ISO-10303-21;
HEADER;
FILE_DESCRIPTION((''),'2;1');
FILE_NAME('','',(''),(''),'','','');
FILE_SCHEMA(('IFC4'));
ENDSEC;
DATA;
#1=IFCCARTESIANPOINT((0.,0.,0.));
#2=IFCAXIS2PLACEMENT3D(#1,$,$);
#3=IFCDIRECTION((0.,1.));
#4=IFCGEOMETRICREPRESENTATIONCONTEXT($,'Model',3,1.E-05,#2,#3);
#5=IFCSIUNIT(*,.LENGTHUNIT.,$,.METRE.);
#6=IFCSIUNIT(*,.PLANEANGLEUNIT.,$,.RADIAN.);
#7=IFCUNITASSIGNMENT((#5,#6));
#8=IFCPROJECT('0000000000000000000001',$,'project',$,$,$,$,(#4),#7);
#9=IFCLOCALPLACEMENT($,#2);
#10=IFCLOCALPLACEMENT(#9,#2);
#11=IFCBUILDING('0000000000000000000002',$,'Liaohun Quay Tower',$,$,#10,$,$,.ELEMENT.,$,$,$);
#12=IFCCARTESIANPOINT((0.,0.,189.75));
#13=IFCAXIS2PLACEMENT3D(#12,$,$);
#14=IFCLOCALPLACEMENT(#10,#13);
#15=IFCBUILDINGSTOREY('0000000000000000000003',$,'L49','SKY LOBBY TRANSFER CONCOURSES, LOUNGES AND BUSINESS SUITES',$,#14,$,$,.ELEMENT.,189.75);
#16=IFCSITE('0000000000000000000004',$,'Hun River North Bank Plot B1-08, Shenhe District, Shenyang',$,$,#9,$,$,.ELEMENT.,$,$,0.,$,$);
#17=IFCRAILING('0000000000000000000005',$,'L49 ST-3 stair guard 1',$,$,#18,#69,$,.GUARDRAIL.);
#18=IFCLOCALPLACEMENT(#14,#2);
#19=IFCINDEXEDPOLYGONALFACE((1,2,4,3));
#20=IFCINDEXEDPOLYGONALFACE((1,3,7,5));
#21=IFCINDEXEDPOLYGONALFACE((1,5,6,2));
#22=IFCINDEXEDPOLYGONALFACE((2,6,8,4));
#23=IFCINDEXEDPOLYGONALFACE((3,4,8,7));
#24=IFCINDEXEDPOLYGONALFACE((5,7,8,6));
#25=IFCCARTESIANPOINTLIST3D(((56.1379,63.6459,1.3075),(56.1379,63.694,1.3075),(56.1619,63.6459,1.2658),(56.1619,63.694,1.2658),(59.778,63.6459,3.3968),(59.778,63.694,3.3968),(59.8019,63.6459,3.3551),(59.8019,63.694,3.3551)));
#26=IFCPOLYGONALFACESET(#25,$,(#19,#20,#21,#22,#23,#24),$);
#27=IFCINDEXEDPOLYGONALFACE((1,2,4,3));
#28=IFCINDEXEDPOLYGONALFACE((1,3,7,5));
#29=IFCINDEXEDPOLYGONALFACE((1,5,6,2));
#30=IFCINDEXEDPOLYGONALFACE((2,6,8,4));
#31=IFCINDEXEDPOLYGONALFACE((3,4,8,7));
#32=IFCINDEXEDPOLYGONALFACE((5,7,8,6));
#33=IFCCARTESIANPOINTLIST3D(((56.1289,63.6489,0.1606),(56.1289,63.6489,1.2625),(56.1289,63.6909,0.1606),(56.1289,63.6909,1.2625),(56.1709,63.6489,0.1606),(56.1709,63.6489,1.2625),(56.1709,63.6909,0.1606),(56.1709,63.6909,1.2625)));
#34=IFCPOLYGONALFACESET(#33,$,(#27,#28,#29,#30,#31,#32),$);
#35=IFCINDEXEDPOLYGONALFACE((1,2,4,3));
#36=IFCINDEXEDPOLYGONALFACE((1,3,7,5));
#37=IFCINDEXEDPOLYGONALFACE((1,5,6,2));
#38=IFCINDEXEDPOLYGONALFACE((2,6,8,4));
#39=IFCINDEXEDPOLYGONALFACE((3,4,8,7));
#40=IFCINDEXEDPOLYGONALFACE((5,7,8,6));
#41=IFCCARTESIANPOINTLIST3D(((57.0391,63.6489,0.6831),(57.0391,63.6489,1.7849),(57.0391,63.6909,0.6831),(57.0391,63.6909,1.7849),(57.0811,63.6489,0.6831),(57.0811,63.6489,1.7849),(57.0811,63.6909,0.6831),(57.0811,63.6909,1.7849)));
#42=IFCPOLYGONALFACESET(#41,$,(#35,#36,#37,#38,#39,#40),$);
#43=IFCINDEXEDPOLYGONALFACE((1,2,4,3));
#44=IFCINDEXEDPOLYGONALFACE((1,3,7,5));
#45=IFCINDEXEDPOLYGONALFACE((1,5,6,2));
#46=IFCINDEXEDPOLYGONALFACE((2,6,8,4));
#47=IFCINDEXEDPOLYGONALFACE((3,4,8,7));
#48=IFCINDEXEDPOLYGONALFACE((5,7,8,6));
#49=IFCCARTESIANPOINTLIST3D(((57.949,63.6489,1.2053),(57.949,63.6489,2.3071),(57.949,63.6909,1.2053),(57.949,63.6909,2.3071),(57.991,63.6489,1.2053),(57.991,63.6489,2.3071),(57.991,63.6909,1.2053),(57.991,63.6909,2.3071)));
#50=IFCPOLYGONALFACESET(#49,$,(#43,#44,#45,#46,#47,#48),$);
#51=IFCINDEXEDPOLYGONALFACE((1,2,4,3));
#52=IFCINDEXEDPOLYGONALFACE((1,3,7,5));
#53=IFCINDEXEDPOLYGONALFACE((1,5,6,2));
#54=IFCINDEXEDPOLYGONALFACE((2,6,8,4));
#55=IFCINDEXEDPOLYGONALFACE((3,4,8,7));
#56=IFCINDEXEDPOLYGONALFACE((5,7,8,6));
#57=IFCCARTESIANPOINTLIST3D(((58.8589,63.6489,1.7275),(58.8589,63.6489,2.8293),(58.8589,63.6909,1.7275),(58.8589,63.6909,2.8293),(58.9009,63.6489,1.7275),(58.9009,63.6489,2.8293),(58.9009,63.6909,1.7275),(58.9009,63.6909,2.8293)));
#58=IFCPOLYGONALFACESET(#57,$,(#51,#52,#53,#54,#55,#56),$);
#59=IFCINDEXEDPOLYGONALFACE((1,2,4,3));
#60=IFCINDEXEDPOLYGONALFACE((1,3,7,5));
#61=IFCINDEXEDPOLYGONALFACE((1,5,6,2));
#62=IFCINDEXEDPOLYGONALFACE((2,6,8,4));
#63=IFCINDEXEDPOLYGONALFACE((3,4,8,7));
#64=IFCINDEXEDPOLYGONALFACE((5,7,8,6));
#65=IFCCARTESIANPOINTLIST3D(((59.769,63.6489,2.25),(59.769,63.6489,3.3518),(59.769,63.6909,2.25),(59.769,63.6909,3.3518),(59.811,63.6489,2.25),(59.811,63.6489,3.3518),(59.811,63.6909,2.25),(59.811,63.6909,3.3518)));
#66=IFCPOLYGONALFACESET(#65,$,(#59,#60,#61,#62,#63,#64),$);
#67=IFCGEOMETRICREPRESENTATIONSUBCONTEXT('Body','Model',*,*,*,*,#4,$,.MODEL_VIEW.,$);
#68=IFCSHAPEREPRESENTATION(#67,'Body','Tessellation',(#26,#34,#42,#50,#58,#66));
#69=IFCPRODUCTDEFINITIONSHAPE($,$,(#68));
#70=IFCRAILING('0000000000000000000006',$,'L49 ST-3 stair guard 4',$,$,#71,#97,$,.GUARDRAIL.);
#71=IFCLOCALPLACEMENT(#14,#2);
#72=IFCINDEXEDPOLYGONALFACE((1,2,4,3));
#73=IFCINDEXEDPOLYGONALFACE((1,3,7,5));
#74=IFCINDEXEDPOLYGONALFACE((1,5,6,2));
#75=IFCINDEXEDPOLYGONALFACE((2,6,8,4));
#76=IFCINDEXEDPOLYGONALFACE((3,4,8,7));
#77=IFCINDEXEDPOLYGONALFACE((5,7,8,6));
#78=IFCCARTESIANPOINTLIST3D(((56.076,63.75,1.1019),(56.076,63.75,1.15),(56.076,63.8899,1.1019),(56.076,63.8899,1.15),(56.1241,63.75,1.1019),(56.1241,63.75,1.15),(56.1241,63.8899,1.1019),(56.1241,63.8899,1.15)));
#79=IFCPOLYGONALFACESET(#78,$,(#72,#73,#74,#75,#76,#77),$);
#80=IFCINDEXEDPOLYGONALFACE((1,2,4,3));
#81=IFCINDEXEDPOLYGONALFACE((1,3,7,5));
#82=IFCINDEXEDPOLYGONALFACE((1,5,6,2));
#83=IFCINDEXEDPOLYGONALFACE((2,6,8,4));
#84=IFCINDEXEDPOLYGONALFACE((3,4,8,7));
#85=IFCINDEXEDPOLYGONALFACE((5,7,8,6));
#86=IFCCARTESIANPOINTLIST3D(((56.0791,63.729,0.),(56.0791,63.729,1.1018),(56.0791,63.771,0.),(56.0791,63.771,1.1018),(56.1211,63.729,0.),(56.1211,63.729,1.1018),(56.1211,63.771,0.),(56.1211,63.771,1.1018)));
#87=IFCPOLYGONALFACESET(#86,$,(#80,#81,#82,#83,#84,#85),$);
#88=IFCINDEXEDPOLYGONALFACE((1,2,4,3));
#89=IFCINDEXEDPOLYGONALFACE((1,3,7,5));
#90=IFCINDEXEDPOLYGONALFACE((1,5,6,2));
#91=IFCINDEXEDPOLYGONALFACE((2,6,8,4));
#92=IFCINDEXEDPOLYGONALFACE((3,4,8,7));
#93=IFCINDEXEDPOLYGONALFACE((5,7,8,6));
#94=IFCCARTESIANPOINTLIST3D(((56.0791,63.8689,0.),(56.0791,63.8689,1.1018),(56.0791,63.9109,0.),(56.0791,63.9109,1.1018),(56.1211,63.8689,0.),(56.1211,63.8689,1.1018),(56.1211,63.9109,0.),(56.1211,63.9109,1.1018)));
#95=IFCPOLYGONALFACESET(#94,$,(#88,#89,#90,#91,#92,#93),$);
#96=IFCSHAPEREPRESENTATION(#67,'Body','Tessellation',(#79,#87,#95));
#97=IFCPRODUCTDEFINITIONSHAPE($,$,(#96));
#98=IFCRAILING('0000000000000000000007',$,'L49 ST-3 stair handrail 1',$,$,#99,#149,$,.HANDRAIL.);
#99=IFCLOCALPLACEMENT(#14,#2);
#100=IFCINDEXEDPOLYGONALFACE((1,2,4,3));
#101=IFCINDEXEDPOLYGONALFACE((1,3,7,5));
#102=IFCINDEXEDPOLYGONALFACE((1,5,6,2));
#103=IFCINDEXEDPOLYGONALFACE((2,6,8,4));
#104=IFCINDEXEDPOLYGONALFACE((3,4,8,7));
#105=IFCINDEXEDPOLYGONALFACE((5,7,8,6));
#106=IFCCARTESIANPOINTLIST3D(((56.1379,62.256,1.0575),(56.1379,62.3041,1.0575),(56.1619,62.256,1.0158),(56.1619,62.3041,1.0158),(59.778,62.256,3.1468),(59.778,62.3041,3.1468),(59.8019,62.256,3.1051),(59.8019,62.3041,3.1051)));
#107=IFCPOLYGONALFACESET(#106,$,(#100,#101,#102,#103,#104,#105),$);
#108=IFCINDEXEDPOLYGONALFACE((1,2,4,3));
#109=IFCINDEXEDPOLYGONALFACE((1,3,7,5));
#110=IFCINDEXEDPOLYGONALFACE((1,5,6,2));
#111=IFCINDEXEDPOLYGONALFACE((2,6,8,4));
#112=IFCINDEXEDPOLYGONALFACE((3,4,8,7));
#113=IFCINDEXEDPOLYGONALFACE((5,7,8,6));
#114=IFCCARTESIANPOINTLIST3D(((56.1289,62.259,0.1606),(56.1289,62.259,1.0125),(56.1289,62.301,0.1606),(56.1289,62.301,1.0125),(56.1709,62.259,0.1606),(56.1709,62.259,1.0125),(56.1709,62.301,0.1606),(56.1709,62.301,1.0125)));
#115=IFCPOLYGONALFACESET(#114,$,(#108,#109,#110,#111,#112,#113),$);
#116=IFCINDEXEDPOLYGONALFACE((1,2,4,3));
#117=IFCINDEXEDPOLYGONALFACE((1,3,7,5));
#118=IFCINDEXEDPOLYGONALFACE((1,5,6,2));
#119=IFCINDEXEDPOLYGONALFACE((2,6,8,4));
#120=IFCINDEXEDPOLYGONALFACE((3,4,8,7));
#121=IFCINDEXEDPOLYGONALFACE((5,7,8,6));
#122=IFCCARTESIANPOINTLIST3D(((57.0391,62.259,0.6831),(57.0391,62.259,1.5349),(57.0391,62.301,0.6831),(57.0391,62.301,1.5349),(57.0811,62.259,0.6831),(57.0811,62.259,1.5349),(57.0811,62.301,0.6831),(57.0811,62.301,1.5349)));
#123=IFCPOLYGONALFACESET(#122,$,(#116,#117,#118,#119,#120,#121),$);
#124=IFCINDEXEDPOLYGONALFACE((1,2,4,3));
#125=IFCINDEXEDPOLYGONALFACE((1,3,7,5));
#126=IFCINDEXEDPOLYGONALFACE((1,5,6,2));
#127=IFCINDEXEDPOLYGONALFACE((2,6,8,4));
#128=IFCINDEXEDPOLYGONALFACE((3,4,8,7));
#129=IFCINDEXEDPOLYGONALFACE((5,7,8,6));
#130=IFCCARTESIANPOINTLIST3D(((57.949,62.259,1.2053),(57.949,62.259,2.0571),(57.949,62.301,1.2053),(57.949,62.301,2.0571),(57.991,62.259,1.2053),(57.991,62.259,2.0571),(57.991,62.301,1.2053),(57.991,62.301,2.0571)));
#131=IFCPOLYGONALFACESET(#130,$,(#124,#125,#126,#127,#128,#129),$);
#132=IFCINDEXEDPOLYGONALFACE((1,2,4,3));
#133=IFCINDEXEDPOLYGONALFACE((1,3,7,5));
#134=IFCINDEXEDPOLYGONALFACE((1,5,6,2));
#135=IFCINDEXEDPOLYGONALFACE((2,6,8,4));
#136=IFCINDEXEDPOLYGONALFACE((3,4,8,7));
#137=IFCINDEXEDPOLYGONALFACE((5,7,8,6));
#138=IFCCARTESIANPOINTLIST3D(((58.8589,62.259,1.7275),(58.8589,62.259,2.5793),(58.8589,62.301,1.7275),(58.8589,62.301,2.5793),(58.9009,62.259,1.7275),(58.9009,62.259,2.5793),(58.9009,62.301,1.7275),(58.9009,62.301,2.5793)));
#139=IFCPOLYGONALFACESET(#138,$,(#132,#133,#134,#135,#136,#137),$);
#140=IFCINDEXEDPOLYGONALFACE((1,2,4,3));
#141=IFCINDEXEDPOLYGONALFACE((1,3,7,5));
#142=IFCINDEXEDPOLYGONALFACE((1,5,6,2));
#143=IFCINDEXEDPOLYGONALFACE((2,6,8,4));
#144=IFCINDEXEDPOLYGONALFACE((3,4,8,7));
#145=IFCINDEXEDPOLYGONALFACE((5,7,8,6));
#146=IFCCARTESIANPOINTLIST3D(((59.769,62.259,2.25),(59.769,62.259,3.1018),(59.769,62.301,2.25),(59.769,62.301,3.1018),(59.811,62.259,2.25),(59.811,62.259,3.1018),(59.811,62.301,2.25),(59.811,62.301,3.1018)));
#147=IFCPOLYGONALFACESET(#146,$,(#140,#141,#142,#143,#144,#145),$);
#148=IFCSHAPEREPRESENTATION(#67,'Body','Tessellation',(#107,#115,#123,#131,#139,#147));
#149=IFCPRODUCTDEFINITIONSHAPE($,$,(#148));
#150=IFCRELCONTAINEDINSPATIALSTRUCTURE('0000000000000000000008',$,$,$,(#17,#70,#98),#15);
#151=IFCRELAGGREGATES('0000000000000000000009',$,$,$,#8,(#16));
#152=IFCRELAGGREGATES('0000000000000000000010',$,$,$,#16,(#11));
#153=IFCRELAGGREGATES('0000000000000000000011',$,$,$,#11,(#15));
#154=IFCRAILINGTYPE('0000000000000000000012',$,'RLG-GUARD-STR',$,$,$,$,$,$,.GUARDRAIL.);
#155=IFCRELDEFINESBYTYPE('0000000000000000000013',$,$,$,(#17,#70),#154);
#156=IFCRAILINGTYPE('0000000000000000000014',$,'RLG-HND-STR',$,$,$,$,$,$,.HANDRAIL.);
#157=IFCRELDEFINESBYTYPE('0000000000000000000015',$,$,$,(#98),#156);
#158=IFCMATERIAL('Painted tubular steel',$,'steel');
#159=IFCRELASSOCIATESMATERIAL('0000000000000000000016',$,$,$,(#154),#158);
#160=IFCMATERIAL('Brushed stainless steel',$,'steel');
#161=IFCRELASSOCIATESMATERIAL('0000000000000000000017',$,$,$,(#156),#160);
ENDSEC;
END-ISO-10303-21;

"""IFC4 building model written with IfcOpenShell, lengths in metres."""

from ifc_helpers import new_model, si_unit, direction, frame, origin, origin_2d, place, context, subcontext, project, spatial, rectangle, extrude, material, type_object, element, save


model = new_model("IFC4")

# Units and contexts
model_context = context("Model", 3, precision=1e-05, world=origin(), true_north=direction((0.0, 1.0)))
body_context = subcontext(model_context, "Body", "Model", "MODEL_VIEW")
ifc_project = project(units=[si_unit("LENGTHUNIT", "METRE"), si_unit("PLANEANGLEUNIT", "RADIAN")], contexts=[model_context])

# Site, building, storey
site_placement = place(None, origin())
site = spatial("IfcSite", under=ifc_project, at=site_placement, Name="Hun River North Bank Plot B1-08, Shenhe District, Shenyang", CompositionType="ELEMENT", RefElevation=0.0)
building_placement = place(site_placement, origin())
building = spatial("IfcBuilding", under=site, at=building_placement, Name="Liaohun Quay Tower", CompositionType="ELEMENT")
storey_placement = place(building_placement, frame((0.0, 0.0, 189.75)))
storey = spatial("IfcBuildingStorey", under=building, at=storey_placement, Name="L49", Description="SKY LOBBY TRANSFER CONCOURSES, LOUNGES AND BUSINESS SUITES", CompositionType="ELEMENT", Elevation=189.75)

# Railings
ifc_material_1 = material(Name="Painted tubular steel", Category="steel")
railing_type_1 = type_object("IfcRailingType", Name="RLG-GUARD-STR", PredefinedType="GUARDRAIL", material=ifc_material_1)
railing_1_placement = place(storey_placement, frame((56.1499, 63.6699, 0.1606)))
element("IfcRailing", 1, at=railing_1_placement, inside=storey, type_object=railing_type_1, Name="L49 ST-3 stair guard 1", PredefinedType="GUARDRAIL", context=body_context, shape_type="SweptSolid", body=[
    extrude(rectangle(XDim=0.0481, YDim=0.0481, at=origin_2d()), frame((0.0, 0.0, 1.126), z_axis=(0.867289, 0.0, 0.497804), x_axis=(0.0, 1.0, 0.0)), (0.0, 0.0, 1.0), 4.197),
    extrude(rectangle(XDim=0.042, YDim=0.042, at=origin_2d()), origin(), (0.0, 0.0, 1.0), 1.1018),
    extrude(rectangle(XDim=0.042, YDim=0.042, at=origin_2d()), frame((0.9102, 0.0, 0.5225)), (0.0, 0.0, 1.0), 1.1018),
    extrude(rectangle(XDim=0.042, YDim=0.042, at=origin_2d()), frame((1.8201, 0.0, 1.0447)), (0.0, 0.0, 1.0), 1.1018),
    extrude(rectangle(XDim=0.042, YDim=0.042, at=origin_2d()), frame((2.73, 0.0, 1.5669)), (0.0, 0.0, 1.0), 1.1018),
    extrude(rectangle(XDim=0.042, YDim=0.042, at=origin_2d()), frame((3.6401, 0.0, 2.0894)), (0.0, 0.0, 1.0), 1.1018),
])
railing_2_placement = place(storey_placement, frame((56.1001, 63.75, 0.0)))
element("IfcRailing", 2, at=railing_2_placement, inside=storey, type_object=railing_type_1, Name="L49 ST-3 stair guard 4", PredefinedType="GUARDRAIL", context=body_context, shape_type="SweptSolid", body=[
    extrude(rectangle(XDim=0.0481, YDim=0.0481, at=origin_2d()), frame((0.0, 0.0, 1.126), z_axis=(0.0, 1.0, 0.0), x_axis=(-1.0, 0.0, 0.0)), (0.0, 0.0, 1.0), 0.1399),
    extrude(rectangle(XDim=0.042, YDim=0.042, at=origin_2d()), origin(), (0.0, 0.0, 1.0), 1.1018),
    extrude(rectangle(XDim=0.042, YDim=0.042, at=origin_2d()), frame((0.0, 0.1399, 0.0)), (0.0, 0.0, 1.0), 1.1018),
])
ifc_material_2 = material(Name="Brushed stainless steel", Category="steel")
railing_type_2 = type_object("IfcRailingType", Name="RLG-HND-STR", PredefinedType="HANDRAIL", material=ifc_material_2)
railing_3_placement = place(storey_placement, frame((56.1499, 62.28, 0.1606)))
element("IfcRailing", 3, at=railing_3_placement, inside=storey, type_object=railing_type_2, Name="L49 ST-3 stair handrail 1", PredefinedType="HANDRAIL", context=body_context, shape_type="SweptSolid", body=[
    extrude(rectangle(XDim=0.0481, YDim=0.0481, at=origin_2d()), frame((0.0, 0.0, 0.876), z_axis=(0.867289, 0.0, 0.497804), x_axis=(0.0, 1.0, 0.0)), (0.0, 0.0, 1.0), 4.197),
    extrude(rectangle(XDim=0.042, YDim=0.042, at=origin_2d()), origin(), (0.0, 0.0, 1.0), 0.8518),
    extrude(rectangle(XDim=0.042, YDim=0.042, at=origin_2d()), frame((0.9102, 0.0, 0.5225)), (0.0, 0.0, 1.0), 0.8518),
    extrude(rectangle(XDim=0.042, YDim=0.042, at=origin_2d()), frame((1.8201, 0.0, 1.0447)), (0.0, 0.0, 1.0), 0.8518),
    extrude(rectangle(XDim=0.042, YDim=0.042, at=origin_2d()), frame((2.73, 0.0, 1.5669)), (0.0, 0.0, 1.0), 0.8518),
    extrude(rectangle(XDim=0.042, YDim=0.042, at=origin_2d()), frame((3.6401, 0.0, 2.0894)), (0.0, 0.0, 1.0), 0.8518),
])

save(model, "model.ifc")
